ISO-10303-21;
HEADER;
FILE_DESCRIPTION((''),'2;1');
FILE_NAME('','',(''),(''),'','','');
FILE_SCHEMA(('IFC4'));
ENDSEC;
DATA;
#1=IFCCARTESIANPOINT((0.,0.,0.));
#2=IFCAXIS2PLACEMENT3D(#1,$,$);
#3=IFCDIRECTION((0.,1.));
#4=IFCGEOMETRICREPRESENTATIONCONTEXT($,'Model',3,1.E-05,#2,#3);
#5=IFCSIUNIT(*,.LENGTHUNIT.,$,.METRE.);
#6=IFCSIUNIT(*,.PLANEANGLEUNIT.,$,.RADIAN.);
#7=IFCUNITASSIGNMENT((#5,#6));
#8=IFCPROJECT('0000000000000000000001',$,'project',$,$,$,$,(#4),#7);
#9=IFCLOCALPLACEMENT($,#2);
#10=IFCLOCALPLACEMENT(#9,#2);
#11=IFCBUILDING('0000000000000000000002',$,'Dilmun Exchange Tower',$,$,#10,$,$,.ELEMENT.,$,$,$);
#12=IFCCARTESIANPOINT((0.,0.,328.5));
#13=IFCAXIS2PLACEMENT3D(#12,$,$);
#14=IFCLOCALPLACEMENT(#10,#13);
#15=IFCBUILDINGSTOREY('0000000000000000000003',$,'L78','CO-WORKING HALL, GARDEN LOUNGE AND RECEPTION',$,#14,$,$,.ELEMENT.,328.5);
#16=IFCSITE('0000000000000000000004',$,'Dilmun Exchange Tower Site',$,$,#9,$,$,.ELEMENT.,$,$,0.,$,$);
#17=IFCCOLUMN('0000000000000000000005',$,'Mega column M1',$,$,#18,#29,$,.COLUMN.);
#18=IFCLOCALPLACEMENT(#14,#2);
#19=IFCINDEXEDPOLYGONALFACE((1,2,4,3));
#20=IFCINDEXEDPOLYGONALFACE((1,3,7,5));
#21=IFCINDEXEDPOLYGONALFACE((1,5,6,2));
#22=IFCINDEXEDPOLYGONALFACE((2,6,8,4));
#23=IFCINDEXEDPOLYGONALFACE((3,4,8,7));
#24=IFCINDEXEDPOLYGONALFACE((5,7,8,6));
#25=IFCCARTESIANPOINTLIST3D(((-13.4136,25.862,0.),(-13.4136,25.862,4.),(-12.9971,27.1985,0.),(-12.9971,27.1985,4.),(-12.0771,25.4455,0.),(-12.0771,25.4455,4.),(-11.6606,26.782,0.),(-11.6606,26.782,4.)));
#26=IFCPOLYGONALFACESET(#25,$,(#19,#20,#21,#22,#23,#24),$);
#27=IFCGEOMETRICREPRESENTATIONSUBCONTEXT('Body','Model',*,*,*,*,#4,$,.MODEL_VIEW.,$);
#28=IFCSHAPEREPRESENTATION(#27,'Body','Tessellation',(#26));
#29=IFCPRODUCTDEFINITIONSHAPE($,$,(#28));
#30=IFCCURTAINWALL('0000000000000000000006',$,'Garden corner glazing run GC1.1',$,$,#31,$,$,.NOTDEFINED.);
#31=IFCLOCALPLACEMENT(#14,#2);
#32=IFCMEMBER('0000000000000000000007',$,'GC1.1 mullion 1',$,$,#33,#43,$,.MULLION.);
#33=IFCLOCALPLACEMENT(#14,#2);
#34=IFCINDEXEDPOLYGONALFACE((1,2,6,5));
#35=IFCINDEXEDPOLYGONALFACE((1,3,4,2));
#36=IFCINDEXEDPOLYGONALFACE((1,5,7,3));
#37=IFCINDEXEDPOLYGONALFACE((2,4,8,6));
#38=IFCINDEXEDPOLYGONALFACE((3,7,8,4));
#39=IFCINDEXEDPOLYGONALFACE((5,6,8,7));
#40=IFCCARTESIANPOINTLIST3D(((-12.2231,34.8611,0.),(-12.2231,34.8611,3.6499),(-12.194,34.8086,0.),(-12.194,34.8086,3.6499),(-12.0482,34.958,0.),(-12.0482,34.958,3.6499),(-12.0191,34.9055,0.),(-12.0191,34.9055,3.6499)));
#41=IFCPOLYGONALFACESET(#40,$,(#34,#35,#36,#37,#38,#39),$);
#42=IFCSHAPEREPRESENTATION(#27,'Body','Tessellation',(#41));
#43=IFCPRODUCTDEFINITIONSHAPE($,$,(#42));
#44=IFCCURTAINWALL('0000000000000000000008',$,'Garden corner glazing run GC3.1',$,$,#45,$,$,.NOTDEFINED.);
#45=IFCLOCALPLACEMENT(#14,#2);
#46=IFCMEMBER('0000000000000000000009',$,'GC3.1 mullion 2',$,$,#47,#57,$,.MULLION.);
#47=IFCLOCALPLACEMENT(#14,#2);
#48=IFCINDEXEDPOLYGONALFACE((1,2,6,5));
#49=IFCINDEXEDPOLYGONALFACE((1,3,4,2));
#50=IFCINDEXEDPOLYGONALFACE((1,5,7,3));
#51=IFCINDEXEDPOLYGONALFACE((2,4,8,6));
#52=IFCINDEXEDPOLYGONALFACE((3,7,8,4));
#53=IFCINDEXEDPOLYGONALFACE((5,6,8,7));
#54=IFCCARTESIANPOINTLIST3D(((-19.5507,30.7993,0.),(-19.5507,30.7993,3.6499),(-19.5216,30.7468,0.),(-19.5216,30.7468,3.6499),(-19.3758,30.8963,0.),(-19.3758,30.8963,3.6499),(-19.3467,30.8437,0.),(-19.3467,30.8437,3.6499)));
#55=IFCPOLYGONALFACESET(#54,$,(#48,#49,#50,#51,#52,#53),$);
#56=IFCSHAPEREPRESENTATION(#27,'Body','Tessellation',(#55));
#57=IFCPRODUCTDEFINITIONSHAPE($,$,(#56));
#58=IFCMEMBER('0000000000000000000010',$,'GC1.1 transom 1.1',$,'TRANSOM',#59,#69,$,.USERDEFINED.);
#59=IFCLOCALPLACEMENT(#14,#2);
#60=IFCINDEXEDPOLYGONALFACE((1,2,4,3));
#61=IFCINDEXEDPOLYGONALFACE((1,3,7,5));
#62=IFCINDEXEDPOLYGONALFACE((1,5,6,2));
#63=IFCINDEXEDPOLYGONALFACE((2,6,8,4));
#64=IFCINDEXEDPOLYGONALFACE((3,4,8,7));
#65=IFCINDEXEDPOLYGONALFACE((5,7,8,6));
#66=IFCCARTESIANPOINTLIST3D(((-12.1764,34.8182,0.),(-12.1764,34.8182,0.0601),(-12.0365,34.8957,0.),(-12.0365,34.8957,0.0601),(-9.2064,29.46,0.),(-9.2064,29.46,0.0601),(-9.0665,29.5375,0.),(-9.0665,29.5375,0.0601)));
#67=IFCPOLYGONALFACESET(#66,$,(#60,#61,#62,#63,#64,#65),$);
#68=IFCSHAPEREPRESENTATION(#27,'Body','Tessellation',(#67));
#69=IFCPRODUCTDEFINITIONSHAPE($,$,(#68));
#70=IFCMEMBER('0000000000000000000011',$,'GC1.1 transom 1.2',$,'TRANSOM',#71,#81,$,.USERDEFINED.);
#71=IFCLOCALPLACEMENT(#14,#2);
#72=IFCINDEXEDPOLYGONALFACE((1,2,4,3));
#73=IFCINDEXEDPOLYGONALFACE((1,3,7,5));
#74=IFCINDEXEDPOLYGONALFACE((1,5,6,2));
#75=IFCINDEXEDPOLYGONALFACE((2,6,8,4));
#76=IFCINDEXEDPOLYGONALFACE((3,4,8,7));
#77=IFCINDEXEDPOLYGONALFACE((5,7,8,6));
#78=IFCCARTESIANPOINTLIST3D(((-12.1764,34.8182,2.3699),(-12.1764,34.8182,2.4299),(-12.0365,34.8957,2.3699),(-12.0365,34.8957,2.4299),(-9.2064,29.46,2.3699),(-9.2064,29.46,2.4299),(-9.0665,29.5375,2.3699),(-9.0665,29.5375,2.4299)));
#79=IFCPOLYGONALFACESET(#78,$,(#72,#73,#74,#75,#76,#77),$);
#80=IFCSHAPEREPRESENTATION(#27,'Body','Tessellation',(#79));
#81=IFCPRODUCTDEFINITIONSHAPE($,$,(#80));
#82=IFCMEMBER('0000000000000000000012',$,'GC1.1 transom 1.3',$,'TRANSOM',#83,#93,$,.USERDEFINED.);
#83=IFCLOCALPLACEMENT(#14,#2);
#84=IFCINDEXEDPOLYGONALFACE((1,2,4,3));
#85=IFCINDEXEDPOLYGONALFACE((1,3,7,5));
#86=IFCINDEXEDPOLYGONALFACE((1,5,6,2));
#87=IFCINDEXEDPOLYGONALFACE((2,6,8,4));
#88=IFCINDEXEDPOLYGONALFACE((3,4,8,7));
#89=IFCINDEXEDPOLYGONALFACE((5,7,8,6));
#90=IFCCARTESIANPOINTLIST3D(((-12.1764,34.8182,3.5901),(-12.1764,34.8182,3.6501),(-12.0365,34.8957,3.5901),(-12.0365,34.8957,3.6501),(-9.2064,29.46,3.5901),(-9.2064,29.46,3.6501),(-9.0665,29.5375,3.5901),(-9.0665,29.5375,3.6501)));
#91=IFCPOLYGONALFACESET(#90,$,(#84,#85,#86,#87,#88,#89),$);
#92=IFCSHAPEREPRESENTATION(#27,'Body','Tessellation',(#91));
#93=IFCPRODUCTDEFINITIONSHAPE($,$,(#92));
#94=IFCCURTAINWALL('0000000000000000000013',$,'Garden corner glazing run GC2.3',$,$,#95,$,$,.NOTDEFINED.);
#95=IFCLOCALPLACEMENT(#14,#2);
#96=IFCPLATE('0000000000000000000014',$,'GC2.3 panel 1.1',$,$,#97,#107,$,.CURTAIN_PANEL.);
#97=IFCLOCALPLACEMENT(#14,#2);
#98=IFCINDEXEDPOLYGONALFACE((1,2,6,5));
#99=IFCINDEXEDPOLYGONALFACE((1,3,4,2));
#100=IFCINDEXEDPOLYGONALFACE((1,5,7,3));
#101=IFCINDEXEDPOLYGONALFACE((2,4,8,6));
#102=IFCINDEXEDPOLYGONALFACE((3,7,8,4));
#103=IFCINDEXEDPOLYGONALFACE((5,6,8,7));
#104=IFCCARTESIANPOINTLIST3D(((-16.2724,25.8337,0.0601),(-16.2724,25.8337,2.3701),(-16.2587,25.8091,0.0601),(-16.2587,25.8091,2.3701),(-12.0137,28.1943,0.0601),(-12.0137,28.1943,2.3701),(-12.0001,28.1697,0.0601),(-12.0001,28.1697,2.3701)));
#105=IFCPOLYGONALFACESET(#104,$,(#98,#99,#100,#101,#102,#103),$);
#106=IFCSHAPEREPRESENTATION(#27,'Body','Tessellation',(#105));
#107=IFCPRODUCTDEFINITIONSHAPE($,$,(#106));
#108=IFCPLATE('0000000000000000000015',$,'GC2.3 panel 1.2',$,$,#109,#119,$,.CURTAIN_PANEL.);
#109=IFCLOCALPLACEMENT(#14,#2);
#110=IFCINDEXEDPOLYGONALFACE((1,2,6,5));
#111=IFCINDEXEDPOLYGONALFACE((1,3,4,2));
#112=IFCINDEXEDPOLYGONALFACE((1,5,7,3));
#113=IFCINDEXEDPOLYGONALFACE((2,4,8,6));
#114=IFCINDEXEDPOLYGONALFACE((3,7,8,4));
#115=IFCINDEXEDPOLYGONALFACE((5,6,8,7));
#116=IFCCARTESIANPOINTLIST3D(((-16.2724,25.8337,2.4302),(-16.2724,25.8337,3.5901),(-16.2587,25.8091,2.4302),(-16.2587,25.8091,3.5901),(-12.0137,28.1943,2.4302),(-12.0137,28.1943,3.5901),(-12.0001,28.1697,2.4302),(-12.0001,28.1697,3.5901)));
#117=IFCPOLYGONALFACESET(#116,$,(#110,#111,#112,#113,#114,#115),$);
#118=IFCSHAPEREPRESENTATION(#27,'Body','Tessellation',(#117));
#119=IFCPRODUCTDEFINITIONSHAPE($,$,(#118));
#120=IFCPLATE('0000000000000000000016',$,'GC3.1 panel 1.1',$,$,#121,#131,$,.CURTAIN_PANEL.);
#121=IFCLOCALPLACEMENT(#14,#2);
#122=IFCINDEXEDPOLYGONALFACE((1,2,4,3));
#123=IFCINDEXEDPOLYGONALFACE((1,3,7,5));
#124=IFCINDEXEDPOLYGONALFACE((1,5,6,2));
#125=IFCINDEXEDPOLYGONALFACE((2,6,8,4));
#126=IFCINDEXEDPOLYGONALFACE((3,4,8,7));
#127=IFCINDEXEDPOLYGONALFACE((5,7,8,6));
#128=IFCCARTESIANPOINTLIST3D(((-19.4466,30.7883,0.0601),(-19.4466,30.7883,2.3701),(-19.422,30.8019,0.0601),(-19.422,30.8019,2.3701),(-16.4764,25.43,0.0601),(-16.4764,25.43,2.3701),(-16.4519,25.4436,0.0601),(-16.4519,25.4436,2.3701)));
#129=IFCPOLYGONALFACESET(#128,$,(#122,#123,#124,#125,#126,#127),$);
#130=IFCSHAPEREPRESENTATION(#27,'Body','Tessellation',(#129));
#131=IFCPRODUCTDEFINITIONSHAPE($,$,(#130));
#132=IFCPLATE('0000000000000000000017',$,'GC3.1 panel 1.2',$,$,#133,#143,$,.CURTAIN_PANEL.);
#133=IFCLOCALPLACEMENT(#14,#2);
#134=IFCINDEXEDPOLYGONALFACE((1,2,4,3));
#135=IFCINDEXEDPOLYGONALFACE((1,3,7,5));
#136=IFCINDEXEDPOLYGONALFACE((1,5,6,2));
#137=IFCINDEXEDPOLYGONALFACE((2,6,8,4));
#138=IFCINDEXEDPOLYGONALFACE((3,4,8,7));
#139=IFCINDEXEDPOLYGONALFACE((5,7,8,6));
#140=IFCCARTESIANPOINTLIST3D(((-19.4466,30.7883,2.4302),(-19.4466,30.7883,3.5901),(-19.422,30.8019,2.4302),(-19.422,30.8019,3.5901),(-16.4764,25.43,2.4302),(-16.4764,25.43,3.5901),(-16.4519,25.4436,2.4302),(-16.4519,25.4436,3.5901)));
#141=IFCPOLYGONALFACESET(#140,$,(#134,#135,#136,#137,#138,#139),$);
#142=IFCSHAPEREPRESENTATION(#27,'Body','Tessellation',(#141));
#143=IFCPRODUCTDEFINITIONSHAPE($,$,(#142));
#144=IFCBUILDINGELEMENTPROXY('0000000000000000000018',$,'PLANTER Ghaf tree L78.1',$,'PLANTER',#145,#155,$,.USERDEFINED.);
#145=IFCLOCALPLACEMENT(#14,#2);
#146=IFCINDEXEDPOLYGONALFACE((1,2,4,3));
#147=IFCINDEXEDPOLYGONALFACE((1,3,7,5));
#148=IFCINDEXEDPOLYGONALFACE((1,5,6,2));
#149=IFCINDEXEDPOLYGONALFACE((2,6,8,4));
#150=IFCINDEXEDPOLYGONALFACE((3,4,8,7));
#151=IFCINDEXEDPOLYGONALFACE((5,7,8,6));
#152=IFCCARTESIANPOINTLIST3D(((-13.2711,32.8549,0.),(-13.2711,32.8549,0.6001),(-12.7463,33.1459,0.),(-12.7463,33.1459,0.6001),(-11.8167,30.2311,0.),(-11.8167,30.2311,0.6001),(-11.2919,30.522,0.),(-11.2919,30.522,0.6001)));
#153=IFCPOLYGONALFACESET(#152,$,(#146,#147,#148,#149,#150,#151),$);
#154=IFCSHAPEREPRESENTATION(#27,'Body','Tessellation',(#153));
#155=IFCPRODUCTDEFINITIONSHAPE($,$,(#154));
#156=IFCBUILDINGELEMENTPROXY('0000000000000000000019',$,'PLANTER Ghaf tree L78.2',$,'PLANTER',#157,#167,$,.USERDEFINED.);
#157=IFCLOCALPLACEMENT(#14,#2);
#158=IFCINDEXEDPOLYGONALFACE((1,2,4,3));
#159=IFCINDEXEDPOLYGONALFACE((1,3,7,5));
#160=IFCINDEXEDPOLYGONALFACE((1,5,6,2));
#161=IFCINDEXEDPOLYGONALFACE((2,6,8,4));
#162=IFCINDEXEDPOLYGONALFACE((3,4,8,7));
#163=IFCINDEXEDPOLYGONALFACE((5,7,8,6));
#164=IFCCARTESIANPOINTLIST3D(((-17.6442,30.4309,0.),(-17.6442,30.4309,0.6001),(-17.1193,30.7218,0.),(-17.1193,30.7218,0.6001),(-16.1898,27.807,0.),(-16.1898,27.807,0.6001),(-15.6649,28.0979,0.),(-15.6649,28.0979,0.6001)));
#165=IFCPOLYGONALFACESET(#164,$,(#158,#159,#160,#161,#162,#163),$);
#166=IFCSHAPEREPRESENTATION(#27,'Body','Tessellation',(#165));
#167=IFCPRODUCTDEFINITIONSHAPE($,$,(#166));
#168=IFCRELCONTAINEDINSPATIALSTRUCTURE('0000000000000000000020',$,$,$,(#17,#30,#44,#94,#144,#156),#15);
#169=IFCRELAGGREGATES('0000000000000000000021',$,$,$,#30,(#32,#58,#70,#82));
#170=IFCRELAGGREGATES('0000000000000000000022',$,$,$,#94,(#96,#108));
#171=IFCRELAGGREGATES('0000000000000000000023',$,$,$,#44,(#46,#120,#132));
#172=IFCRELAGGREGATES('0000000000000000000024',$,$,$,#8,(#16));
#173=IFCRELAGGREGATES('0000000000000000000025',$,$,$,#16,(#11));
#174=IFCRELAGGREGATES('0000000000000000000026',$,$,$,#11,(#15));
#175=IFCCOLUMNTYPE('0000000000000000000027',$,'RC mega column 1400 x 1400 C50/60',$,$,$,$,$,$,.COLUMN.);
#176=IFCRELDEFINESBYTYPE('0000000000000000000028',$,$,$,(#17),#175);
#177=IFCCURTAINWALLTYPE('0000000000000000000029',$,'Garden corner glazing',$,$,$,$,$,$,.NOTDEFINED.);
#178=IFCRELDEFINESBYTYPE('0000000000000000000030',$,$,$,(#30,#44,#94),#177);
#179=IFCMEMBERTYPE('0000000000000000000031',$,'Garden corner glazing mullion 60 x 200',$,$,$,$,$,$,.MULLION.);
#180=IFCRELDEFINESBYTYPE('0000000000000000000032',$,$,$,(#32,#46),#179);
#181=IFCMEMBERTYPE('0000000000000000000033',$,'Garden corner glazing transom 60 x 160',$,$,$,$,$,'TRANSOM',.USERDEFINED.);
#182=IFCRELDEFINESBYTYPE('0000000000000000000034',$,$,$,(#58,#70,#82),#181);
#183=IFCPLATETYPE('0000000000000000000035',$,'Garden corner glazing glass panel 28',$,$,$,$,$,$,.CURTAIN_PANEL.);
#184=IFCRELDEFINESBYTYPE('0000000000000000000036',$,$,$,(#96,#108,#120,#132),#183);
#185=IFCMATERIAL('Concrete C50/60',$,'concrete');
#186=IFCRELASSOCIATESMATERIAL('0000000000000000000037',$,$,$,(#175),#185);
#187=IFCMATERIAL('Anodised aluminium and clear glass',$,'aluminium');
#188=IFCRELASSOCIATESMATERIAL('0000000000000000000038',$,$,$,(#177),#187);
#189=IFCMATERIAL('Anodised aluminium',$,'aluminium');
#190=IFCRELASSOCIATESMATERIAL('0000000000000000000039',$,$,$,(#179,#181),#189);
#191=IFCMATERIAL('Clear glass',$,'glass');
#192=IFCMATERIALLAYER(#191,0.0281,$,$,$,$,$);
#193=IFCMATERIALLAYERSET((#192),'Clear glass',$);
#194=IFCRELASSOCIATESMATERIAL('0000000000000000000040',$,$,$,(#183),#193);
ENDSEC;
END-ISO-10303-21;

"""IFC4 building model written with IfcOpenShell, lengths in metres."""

from ifc_helpers import new_model, si_unit, direction, frame, origin, origin_2d, place, context, subcontext, project, spatial, rectangle, extrude, material, layer, layer_set, material_profile, profile_set, type_object, element, aggregate, save


model = new_model("IFC4")

# Units and contexts
model_context = context("Model", 3, precision=1e-05, world=origin(), true_north=direction((0.0, 1.0)))
body_context = subcontext(model_context, "Body", "Model", "MODEL_VIEW")
ifc_project = project(units=[si_unit("LENGTHUNIT", "METRE"), si_unit("PLANEANGLEUNIT", "RADIAN")], contexts=[model_context])

# Site, building, storey
site_placement = place(None, origin())
site = spatial("IfcSite", under=ifc_project, at=site_placement, Name="Dilmun Exchange Tower Site", CompositionType="ELEMENT", RefElevation=0.0)
building_placement = place(site_placement, origin())
building = spatial("IfcBuilding", under=site, at=building_placement, Name="Dilmun Exchange Tower", CompositionType="ELEMENT")
storey_placement = place(building_placement, frame((0.0, 0.0, 328.5)))
storey = spatial("IfcBuildingStorey", under=building, at=storey_placement, Name="L78", Description="CO-WORKING HALL, GARDEN LOUNGE AND RECEPTION", CompositionType="ELEMENT", Elevation=328.5)

# Column
ifc_material_1 = material(Name="Concrete C50/60", Category="concrete")
ifc_material_profile_1 = material_profile(ifc_material_1, rectangle(XDim=1.3999, YDim=1.3999, at=origin_2d()), Name="1400 x 1400")
ifc_profile_set_1 = profile_set([ifc_material_profile_1], Name="Concrete C50/60")
column_type = type_object("IfcColumnType", Name="RC mega column 1400 x 1400 C50/60", PredefinedType="COLUMN", material=ifc_profile_set_1)
column_placement = place(storey_placement, frame((-12.5371, 26.322, 0.0), z_axis=(0.0, 0.0, 1.0), x_axis=(0.297503, 0.954721, 0.0)))
element("IfcColumn", 1, at=column_placement, inside=storey, type_object=column_type, Name="Mega column M1", PredefinedType="COLUMN", context=body_context, shape_type="SweptSolid", body=[
    extrude(rectangle(XDim=1.3999, YDim=1.3999, at=origin_2d()), origin(), (0.0, 0.0, 1.0), 4.0),
])

# Curtain walls, members
ifc_material_2 = material(Name="Anodised aluminium and clear glass", Category="aluminium")
curtain_wall_type = type_object("IfcCurtainWallType", Name="Garden corner glazing", PredefinedType="NOTDEFINED", material=ifc_material_2)
curtain_wall_1_placement = place(storey_placement, origin())
curtain_wall_1 = element("IfcCurtainWall", 2, at=curtain_wall_1_placement, inside=storey, type_object=curtain_wall_type, Name="Garden corner glazing run GC1.1", PredefinedType="NOTDEFINED")
ifc_material_3 = material(Name="Anodised aluminium", Category="aluminium")
ifc_material_profile_2 = material_profile(ifc_material_3, rectangle(XDim=0.2, YDim=0.0601, at=origin_2d()), Name="AL 60x200")
ifc_profile_set_2 = profile_set([ifc_material_profile_2], Name="Anodised aluminium")
member_type_1 = type_object("IfcMemberType", Name="Garden corner glazing mullion 60 x 200", PredefinedType="MULLION", material=ifc_profile_set_2)
member_1_placement = place(storey_placement, frame((-12.1211, 34.8833, 0.0), z_axis=(0.0, 0.0, 1.0), x_axis=(0.874624, 0.484803, 0.0)))
member_1 = element("IfcMember", 3, at=member_1_placement, type_object=member_type_1, Name="GC1.1 mullion 1", PredefinedType="MULLION", context=body_context, shape_type="SweptSolid", body=[
    extrude(rectangle(XDim=0.2, YDim=0.0601, at=origin_2d()), origin(), (0.0, 0.0, 1.0), 3.6499),
])
curtain_wall_2_placement = place(storey_placement, origin())
curtain_wall_2 = element("IfcCurtainWall", 4, at=curtain_wall_2_placement, inside=storey, type_object=curtain_wall_type, Name="Garden corner glazing run GC3.1", PredefinedType="NOTDEFINED")
member_2_placement = place(storey_placement, frame((-19.4487, 30.8215, 0.0), z_axis=(0.0, 0.0, 1.0), x_axis=(-0.874624, -0.484803, 0.0)))
member_2 = element("IfcMember", 5, at=member_2_placement, type_object=member_type_1, Name="GC3.1 mullion 2", PredefinedType="MULLION", context=body_context, shape_type="SweptSolid", body=[
    extrude(rectangle(XDim=0.2, YDim=0.0601, at=origin_2d()), origin(), (0.0, 0.0, 1.0), 3.6499),
])

# Members
ifc_material_profile_3 = material_profile(ifc_material_3, rectangle(XDim=0.1599, YDim=0.0601, at=origin_2d()), Name="AL 60x160")
ifc_profile_set_3 = profile_set([ifc_material_profile_3], Name="Anodised aluminium")
member_type_2 = type_object("IfcMemberType", Name="Garden corner glazing transom 60 x 160", ElementType="TRANSOM", PredefinedType="USERDEFINED", material=ifc_profile_set_3)
member_3_placement = place(storey_placement, frame((-12.1064, 34.8569, 0.03), z_axis=(0.484797, -0.874627, 0.0), x_axis=(0.874627, 0.484797, 0.0)))
member_3 = element("IfcMember", 6, at=member_3_placement, type_object=member_type_2, Name="GC1.1 transom 1.1", ObjectType="TRANSOM", PredefinedType="USERDEFINED", context=body_context, shape_type="SweptSolid", body=[
    extrude(rectangle(XDim=0.1599, YDim=0.0601, at=origin_2d()), origin(), (0.0, 0.0, 1.0), 6.1262),
])
member_4_placement = place(storey_placement, frame((-12.1064, 34.8569, 2.3999), z_axis=(0.484797, -0.874627, 0.0), x_axis=(0.874627, 0.484797, 0.0)))
member_4 = element("IfcMember", 7, at=member_4_placement, type_object=member_type_2, Name="GC1.1 transom 1.2", ObjectType="TRANSOM", PredefinedType="USERDEFINED", context=body_context, shape_type="SweptSolid", body=[
    extrude(rectangle(XDim=0.1599, YDim=0.0601, at=origin_2d()), origin(), (0.0, 0.0, 1.0), 6.1262),
])
member_5_placement = place(storey_placement, frame((-12.1064, 34.8569, 3.6201), z_axis=(0.484797, -0.874627, 0.0), x_axis=(0.874627, 0.484797, 0.0)))
member_5 = element("IfcMember", 8, at=member_5_placement, type_object=member_type_2, Name="GC1.1 transom 1.3", ObjectType="TRANSOM", PredefinedType="USERDEFINED", context=body_context, shape_type="SweptSolid", body=[
    extrude(rectangle(XDim=0.1599, YDim=0.0601, at=origin_2d()), origin(), (0.0, 0.0, 1.0), 6.1262),
])
aggregate(curtain_wall_1, [member_1, member_3, member_4, member_5])

# Curtain wall, plates
curtain_wall_3_placement = place(storey_placement, origin())
curtain_wall_3 = element("IfcCurtainWall", 9, at=curtain_wall_3_placement, inside=storey, type_object=curtain_wall_type, Name="Garden corner glazing run GC2.3", PredefinedType="NOTDEFINED")
ifc_material_4 = material(Name="Clear glass", Category="glass")
ifc_layer_1 = layer(ifc_material_4, 0.0281)
ifc_layer_set_1 = layer_set([ifc_layer_1], Name="Clear glass")
plate_type = type_object("IfcPlateType", Name="Garden corner glazing glass panel 28", PredefinedType="CURTAIN_PANEL", material=ifc_layer_set_1)
plate_1_placement = place(storey_placement, frame((-14.1362, 27.0017, 0.0601), z_axis=(0.0, 0.0, 1.0), x_axis=(-0.874618, -0.484812, 0.0)))
plate_1 = element("IfcPlate", 10, at=plate_1_placement, type_object=plate_type, Name="GC2.3 panel 1.1", PredefinedType="CURTAIN_PANEL", context=body_context, shape_type="SweptSolid", body=[
    extrude(rectangle(XDim=4.8691, YDim=0.0281, at=origin_2d()), origin(), (0.0, 0.0, 1.0), 2.3101),
])
plate_2_placement = place(storey_placement, frame((-14.1362, 27.0017, 2.4302), z_axis=(0.0, 0.0, 1.0), x_axis=(-0.874618, -0.484812, 0.0)))
plate_2 = element("IfcPlate", 11, at=plate_2_placement, type_object=plate_type, Name="GC2.3 panel 1.2", PredefinedType="CURTAIN_PANEL", context=body_context, shape_type="SweptSolid", body=[
    extrude(rectangle(XDim=4.8691, YDim=0.0281, at=origin_2d()), origin(), (0.0, 0.0, 1.0), 1.1599),
])
aggregate(curtain_wall_3, [plate_1, plate_2])

# Plates
plate_3_placement = place(storey_placement, frame((-17.9492, 28.116, 0.0601), z_axis=(0.0, 0.0, 1.0), x_axis=(-0.484803, 0.874624, 0.0)))
plate_3 = element("IfcPlate", 12, at=plate_3_placement, type_object=plate_type, Name="GC3.1 panel 1.1", PredefinedType="CURTAIN_PANEL", context=body_context, shape_type="SweptSolid", body=[
    extrude(rectangle(XDim=6.1265, YDim=0.0281, at=origin_2d()), origin(), (0.0, 0.0, 1.0), 2.3101),
])
plate_4_placement = place(storey_placement, frame((-17.9492, 28.116, 2.4302), z_axis=(0.0, 0.0, 1.0), x_axis=(-0.484803, 0.874624, 0.0)))
plate_4 = element("IfcPlate", 13, at=plate_4_placement, type_object=plate_type, Name="GC3.1 panel 1.2", PredefinedType="CURTAIN_PANEL", context=body_context, shape_type="SweptSolid", body=[
    extrude(rectangle(XDim=6.1265, YDim=0.0281, at=origin_2d()), origin(), (0.0, 0.0, 1.0), 1.1599),
])
aggregate(curtain_wall_2, [member_2, plate_3, plate_4])

# Building element proxies
for number, where, z_axis, x_axis, name in (
    (14, (-12.2815, 31.6885, 0.0), (0.0, 0.0, 1.0), (-0.48481, 0.87462, 0.0), "PLANTER Ghaf tree L78.1"),
    (15, (-16.6545, 29.2644, 0.0), (0.0, 0.0, 1.0), (-0.48481, 0.87462, 0.0), "PLANTER Ghaf tree L78.2"),
):
    element("IfcBuildingElementProxy", number, at=place(storey_placement, frame(where, z_axis=z_axis, x_axis=x_axis)), inside=storey, Name=name, ObjectType="PLANTER", PredefinedType="USERDEFINED", context=body_context, shape_type="SweptSolid", body=[
        extrude(rectangle(XDim=3.0, YDim=0.6001, at=origin_2d()), origin(), (0.0, 0.0, 1.0), 0.6001),
    ])

save(model, "model.ifc")
